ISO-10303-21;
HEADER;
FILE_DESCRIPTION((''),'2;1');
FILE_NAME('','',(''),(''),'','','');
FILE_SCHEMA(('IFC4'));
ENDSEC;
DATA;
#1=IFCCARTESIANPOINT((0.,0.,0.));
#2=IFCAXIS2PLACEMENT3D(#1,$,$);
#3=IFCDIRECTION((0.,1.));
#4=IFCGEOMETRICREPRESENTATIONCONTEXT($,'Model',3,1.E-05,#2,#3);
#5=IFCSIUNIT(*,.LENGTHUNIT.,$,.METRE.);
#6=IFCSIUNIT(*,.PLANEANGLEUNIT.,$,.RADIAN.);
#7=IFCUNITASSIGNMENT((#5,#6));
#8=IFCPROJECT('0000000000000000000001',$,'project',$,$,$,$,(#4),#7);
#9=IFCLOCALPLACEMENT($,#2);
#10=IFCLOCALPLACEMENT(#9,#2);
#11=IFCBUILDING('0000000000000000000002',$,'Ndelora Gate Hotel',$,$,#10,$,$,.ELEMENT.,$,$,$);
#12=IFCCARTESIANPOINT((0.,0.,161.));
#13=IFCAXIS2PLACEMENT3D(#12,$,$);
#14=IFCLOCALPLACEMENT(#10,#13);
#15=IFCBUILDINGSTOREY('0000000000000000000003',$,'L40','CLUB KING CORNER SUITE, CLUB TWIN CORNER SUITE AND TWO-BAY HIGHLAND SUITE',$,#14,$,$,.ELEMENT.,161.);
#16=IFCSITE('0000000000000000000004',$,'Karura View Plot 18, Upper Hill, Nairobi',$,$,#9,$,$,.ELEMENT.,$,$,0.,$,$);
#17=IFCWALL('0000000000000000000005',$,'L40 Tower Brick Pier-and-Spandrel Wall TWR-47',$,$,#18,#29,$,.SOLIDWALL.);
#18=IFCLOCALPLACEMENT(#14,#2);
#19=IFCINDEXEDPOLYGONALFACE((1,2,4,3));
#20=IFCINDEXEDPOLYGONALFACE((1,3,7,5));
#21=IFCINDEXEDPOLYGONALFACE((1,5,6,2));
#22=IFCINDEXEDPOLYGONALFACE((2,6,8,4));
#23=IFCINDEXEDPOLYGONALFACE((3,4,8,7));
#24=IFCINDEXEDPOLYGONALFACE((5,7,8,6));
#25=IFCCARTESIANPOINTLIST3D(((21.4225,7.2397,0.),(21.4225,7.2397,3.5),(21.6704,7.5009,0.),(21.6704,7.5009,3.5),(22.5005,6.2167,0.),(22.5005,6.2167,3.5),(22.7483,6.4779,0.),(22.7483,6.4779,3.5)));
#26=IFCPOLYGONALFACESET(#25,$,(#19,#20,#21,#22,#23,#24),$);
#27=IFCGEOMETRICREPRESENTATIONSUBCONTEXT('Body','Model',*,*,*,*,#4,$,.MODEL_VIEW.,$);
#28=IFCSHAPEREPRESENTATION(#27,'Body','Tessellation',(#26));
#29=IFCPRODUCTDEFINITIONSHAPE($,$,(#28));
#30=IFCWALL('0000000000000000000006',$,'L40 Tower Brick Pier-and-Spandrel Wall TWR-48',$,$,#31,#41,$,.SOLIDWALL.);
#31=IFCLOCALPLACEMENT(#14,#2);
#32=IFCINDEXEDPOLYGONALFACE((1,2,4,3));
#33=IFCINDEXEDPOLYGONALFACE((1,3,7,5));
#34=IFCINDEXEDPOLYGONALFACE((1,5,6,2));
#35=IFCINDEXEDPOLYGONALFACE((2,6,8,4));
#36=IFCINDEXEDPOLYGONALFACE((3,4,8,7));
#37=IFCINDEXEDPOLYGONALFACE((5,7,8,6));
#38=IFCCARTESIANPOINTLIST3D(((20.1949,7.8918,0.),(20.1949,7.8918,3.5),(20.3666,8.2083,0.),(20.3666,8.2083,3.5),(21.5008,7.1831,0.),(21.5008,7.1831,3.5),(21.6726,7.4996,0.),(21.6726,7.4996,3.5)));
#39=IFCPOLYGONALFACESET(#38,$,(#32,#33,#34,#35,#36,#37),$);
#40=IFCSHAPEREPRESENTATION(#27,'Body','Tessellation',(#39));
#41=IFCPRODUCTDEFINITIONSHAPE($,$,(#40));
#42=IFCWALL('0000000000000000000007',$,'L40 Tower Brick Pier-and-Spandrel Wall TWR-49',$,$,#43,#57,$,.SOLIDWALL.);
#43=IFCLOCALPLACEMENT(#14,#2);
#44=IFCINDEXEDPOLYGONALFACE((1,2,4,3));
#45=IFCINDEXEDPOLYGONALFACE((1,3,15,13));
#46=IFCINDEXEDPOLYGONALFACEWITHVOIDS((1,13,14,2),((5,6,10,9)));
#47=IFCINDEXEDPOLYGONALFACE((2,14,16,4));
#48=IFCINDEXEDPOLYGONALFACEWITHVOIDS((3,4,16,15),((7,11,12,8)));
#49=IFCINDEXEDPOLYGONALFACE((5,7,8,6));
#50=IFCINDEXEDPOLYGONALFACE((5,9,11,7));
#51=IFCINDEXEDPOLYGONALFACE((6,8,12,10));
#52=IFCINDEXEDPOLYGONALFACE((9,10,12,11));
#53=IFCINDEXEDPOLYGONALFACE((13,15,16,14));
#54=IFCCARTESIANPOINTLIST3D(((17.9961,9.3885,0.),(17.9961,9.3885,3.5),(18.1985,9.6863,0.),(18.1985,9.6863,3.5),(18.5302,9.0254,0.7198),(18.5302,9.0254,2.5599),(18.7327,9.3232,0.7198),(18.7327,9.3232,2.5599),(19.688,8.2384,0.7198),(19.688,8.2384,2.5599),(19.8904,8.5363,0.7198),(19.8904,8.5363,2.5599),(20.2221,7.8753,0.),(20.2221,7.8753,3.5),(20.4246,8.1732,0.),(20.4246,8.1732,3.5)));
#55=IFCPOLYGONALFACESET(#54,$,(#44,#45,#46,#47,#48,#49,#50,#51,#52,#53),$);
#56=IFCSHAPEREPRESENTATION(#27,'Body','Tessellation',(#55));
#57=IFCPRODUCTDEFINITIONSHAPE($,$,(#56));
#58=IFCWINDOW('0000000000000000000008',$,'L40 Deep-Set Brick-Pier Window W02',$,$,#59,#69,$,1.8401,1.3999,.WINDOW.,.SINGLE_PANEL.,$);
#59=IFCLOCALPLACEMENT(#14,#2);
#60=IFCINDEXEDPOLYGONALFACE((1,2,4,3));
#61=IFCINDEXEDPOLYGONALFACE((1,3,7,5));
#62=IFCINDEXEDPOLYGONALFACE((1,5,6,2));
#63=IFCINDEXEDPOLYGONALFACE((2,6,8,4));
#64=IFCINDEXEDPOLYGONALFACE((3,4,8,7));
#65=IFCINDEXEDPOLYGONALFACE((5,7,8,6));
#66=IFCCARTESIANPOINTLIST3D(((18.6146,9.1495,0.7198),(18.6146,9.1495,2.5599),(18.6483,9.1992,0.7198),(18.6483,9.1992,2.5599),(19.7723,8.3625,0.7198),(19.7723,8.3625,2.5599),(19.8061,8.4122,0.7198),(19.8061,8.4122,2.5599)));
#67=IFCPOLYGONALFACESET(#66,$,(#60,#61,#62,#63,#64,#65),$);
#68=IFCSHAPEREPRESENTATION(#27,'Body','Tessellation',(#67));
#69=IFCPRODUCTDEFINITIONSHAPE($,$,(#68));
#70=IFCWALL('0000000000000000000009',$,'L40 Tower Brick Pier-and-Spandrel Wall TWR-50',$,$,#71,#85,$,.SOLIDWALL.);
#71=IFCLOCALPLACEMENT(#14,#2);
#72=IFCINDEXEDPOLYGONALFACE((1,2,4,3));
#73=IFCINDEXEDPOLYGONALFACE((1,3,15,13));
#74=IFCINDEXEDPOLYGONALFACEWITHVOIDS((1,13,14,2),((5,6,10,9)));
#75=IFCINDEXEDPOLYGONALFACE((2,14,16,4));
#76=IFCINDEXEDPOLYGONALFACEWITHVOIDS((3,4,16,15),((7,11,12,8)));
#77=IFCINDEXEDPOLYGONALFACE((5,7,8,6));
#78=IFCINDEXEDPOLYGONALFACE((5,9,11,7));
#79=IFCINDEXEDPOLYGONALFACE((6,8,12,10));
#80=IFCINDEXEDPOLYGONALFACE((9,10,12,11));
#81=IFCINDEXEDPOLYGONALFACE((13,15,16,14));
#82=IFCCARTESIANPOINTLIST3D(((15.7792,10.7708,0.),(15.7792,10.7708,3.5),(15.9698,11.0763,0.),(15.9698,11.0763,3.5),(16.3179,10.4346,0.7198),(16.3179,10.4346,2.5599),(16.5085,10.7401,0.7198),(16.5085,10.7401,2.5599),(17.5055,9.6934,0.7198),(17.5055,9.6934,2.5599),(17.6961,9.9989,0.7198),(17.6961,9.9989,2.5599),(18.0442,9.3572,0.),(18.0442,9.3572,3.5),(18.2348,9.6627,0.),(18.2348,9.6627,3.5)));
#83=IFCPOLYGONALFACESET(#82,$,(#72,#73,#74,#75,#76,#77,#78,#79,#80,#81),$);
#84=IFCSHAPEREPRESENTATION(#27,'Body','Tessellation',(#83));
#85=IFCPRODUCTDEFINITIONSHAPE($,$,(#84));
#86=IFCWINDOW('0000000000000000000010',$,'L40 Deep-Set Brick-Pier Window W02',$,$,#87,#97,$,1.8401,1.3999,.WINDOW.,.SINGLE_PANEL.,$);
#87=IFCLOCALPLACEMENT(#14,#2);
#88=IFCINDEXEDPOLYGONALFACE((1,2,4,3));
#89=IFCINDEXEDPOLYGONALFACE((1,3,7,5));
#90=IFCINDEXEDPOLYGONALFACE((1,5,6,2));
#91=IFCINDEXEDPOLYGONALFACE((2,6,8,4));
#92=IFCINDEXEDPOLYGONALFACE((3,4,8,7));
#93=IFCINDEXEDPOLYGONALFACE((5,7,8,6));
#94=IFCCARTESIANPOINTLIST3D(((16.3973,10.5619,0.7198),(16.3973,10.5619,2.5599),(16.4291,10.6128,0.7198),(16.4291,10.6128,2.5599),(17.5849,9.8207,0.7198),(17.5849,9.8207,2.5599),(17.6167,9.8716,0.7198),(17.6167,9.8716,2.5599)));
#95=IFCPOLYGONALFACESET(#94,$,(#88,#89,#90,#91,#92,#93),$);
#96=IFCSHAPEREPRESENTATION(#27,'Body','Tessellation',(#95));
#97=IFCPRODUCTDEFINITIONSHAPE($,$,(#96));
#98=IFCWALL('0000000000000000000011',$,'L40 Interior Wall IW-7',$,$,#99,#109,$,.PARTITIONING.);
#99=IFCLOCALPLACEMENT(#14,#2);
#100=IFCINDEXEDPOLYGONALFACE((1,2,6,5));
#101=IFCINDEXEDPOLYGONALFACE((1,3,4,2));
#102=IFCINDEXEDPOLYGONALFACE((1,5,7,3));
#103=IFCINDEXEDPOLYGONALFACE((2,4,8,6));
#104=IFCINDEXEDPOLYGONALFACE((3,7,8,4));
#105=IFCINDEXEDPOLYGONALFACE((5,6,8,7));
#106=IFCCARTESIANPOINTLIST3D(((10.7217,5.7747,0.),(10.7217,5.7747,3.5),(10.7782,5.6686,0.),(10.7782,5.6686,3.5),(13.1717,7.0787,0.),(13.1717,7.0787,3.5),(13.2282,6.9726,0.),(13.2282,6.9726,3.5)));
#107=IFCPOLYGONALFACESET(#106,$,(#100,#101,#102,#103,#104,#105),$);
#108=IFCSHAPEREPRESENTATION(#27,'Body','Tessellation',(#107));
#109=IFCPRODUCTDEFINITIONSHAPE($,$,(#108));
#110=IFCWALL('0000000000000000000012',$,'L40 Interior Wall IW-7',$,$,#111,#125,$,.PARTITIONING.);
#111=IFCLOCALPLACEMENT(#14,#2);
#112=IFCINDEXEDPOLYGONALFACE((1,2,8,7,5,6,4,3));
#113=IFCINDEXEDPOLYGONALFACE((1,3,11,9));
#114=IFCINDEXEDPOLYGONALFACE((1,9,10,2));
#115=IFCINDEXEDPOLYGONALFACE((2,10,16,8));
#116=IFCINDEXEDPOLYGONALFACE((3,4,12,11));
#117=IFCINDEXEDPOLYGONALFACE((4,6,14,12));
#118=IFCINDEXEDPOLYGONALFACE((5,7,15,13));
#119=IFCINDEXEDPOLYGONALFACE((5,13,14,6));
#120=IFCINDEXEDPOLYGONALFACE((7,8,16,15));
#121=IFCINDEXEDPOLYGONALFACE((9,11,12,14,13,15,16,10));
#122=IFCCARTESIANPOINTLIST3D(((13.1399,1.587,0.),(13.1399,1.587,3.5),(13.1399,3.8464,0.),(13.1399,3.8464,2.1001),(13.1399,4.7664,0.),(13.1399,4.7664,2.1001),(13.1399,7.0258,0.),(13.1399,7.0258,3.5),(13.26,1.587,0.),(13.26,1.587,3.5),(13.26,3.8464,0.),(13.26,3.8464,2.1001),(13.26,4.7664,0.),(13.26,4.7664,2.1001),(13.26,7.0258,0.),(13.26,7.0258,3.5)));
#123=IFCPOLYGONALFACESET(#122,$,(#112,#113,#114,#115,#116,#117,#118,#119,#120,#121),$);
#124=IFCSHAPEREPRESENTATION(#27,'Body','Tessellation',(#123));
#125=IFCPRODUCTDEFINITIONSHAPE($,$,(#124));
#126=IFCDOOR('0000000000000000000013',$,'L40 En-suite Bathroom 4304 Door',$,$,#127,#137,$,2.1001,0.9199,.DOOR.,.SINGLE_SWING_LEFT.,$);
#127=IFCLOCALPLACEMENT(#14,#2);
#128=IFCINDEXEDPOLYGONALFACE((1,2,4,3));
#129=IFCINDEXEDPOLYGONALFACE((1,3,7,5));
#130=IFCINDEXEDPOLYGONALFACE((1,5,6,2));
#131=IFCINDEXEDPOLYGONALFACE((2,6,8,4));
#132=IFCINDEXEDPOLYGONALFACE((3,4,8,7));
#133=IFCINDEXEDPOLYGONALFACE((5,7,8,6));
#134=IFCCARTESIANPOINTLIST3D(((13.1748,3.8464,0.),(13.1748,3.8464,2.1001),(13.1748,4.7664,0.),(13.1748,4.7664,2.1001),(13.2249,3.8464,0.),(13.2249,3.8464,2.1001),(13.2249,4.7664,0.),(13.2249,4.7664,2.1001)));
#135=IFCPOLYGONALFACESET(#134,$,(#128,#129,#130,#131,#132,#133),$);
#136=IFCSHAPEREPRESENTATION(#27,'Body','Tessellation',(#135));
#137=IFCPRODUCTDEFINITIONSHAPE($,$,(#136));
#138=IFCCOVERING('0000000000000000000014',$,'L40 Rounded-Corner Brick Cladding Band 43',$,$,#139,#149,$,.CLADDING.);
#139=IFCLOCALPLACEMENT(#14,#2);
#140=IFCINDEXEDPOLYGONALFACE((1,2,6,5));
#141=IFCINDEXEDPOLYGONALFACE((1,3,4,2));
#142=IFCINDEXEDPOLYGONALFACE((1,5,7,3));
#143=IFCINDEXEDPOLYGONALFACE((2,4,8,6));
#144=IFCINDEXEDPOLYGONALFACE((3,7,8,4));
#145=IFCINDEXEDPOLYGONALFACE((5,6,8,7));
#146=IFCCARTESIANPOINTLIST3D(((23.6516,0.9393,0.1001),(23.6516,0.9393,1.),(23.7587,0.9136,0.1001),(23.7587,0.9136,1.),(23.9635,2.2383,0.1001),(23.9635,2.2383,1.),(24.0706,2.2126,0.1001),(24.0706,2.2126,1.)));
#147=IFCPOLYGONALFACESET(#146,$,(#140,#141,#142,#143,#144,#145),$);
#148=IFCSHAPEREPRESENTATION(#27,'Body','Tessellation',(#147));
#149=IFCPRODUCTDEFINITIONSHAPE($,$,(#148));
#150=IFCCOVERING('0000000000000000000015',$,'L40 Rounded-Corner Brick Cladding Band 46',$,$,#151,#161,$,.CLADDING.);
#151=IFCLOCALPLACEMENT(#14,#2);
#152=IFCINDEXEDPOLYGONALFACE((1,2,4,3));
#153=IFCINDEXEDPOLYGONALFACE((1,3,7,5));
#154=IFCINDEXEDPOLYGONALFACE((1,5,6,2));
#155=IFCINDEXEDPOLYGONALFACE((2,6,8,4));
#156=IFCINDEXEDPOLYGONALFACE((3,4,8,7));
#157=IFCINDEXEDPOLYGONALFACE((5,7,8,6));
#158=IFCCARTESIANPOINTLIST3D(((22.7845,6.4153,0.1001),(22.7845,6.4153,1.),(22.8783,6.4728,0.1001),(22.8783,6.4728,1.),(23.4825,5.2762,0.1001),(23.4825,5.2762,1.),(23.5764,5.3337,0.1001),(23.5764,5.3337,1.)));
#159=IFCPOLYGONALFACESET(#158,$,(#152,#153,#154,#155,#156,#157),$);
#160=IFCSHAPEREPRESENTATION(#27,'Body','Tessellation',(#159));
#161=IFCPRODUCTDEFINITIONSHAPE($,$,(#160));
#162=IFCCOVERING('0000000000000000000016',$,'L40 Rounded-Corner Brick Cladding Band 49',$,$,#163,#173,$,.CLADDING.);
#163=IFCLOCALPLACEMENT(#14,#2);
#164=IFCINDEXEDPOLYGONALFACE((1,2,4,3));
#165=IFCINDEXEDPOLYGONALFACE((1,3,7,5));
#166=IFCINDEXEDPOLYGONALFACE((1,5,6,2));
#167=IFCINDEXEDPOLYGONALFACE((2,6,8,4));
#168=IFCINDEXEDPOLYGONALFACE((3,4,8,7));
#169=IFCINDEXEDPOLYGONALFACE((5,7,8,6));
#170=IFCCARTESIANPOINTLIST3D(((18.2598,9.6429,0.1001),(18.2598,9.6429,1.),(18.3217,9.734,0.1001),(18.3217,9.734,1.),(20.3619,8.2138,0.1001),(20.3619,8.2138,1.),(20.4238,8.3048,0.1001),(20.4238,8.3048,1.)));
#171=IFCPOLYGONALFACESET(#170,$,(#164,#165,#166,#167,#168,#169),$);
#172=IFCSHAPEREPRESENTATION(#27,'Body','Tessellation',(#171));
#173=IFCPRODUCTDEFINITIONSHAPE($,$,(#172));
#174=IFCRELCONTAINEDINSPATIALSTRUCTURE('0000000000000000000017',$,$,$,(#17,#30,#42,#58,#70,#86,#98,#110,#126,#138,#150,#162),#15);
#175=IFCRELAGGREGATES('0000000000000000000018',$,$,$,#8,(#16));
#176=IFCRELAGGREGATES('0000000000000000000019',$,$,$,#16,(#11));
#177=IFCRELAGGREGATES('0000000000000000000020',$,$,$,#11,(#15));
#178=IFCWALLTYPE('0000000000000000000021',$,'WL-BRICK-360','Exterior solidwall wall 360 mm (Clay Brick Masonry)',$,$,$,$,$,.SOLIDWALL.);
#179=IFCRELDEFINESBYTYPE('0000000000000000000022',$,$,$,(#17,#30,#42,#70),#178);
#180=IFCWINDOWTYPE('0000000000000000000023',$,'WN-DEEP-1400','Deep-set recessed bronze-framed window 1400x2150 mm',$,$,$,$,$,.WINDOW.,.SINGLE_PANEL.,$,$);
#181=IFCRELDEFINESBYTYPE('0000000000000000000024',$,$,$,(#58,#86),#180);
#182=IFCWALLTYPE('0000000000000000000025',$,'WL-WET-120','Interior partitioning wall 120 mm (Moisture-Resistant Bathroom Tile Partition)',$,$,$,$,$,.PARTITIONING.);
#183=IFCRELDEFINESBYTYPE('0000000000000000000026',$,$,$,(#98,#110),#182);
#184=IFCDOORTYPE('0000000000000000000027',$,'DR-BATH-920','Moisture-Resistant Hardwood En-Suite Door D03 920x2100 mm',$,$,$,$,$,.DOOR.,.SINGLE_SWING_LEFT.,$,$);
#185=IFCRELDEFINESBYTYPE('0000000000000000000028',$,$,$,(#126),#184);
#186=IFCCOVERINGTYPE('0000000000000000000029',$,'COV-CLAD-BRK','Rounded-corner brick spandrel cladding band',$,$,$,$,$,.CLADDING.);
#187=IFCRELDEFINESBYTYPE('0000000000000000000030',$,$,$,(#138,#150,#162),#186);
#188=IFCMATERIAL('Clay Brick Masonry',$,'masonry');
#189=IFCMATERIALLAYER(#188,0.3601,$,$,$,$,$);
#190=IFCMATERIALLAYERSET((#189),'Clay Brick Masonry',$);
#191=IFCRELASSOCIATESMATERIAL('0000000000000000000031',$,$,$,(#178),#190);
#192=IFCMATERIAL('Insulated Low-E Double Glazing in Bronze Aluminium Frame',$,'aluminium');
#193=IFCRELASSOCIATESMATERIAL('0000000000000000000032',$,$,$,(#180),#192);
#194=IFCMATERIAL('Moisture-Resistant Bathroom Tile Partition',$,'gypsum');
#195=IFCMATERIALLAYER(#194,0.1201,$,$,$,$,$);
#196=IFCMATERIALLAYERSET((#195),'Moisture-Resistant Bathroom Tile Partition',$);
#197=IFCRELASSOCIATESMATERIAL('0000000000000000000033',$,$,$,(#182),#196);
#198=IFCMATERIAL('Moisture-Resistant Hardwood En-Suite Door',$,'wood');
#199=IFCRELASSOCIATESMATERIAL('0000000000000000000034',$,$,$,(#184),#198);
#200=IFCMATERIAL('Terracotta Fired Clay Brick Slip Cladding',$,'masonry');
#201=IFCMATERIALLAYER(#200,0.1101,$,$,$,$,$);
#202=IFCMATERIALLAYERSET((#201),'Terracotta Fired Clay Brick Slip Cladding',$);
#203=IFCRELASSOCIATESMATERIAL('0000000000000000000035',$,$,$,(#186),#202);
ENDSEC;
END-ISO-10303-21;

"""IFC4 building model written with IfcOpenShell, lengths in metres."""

from ifc_helpers import new_model, si_unit, direction, frame, frame_2d, origin, origin_2d, place, context, subcontext, project, spatial, rectangle, extrude, material, layer, layer_set, type_object, element, fill, save


model = new_model("IFC4")

# Units and contexts
model_context = context("Model", 3, precision=1e-05, world=origin(), true_north=direction((0.0, 1.0)))
body_context = subcontext(model_context, "Body", "Model", "MODEL_VIEW")
ifc_project = project(units=[si_unit("LENGTHUNIT", "METRE"), si_unit("PLANEANGLEUNIT", "RADIAN")], contexts=[model_context])

# Site, building, storey
site_placement = place(None, origin())
site = spatial("IfcSite", under=ifc_project, at=site_placement, Name="Karura View Plot 18, Upper Hill, Nairobi", CompositionType="ELEMENT", RefElevation=0.0)
building_placement = place(site_placement, origin())
building = spatial("IfcBuilding", under=site, at=building_placement, Name="Ndelora Gate Hotel", CompositionType="ELEMENT")
storey_placement = place(building_placement, frame((0.0, 0.0, 161.0)))
storey = spatial("IfcBuildingStorey", under=building, at=storey_placement, Name="L40", Description="CLUB KING CORNER SUITE, CLUB TWIN CORNER SUITE AND TWO-BAY HIGHLAND SUITE", CompositionType="ELEMENT", Elevation=161.0)

# Walls
ifc_material_1 = material(Name="Clay Brick Masonry", Category="masonry")
ifc_layer_1 = layer(ifc_material_1, 0.3601)
ifc_layer_set_1 = layer_set([ifc_layer_1], Name="Clay Brick Masonry")
wall_type_1 = type_object("IfcWallType", Name="WL-BRICK-360", Description="Exterior solidwall wall 360 mm (Clay Brick Masonry)", PredefinedType="SOLIDWALL", material=ifc_layer_set_1)
wall_1_placement = place(storey_placement, frame((21.5464, 7.3704, 0.0), z_axis=(0.0, 0.0, 1.0), x_axis=(0.725348, -0.688382, 0.0)))
element("IfcWall", 1, at=wall_1_placement, inside=storey, type_object=wall_type_1, Name="L40 Tower Brick Pier-and-Spandrel Wall TWR-47", PredefinedType="SOLIDWALL", context=body_context, shape_type="SweptSolid", body=[
    extrude(rectangle(XDim=1.4861, YDim=0.3601, at=frame_2d((0.7432, 0.0))), origin(), (0.0, 0.0, 1.0), 3.5),
])
wall_2_placement = place(storey_placement, frame((20.2808, 8.05, 0.0), z_axis=(0.0, 0.0, 1.0), x_axis=(0.878905, -0.476998, 0.0)))
element("IfcWall", 2, at=wall_2_placement, inside=storey, type_object=wall_type_1, Name="L40 Tower Brick Pier-and-Spandrel Wall TWR-48", PredefinedType="SOLIDWALL", context=body_context, shape_type="SweptSolid", body=[
    extrude(rectangle(XDim=1.4858, YDim=0.3601, at=frame_2d((0.7429, 0.0))), origin(), (0.0, 0.0, 1.0), 3.5),
])

# Walls, openings, windows
wall_3_placement = place(storey_placement, frame((18.0974, 9.5374, 0.0), z_axis=(0.0, 0.0, 1.0), x_axis=(0.827021, -0.562171, 0.0)))
wall_3 = element("IfcWall", 3, at=wall_3_placement, inside=storey, type_object=wall_type_1, Name="L40 Tower Brick Pier-and-Spandrel Wall TWR-49", PredefinedType="SOLIDWALL", context=body_context, shape_type="SweptSolid", body=[
    extrude(rectangle(XDim=2.6917, YDim=0.3601, at=frame_2d((1.3457, 0.0))), origin(), (0.0, 0.0, 1.0), 3.5),
])
opening_1_placement = place(wall_3_placement, frame((0.6458, 0.0, 0.72)))
opening_1 = element("IfcOpeningElement", 4, at=opening_1_placement, cuts=wall_3, PredefinedType="OPENING", context=body_context, shape_type="SweptSolid", body=[
    extrude(rectangle(XDim=1.3999, YDim=1.8401, at=frame_2d((0.7, 0.9199))), frame((0.0, 0.1899, 0.0), z_axis=(0.0, -1.0, 0.0), x_axis=(1.0, 0.0, 0.0)), (0.0, 0.0, 1.0), 0.3801),
])
ifc_material_2 = material(Name="Insulated Low-E Double Glazing in Bronze Aluminium Frame", Category="aluminium")
window_type = type_object("IfcWindowType", Name="WN-DEEP-1400", Description="Deep-set recessed bronze-framed window 1400x2150 mm", PartitioningType="SINGLE_PANEL", PredefinedType="WINDOW", material=ifc_material_2)
window_1_placement = place(opening_1_placement, origin())
window_1 = element("IfcWindow", 5, at=window_1_placement, inside=storey, type_object=window_type, Name="L40 Deep-Set Brick-Pier Window W02", OverallHeight=1.8401, OverallWidth=1.3999, PartitioningType="SINGLE_PANEL", PredefinedType="WINDOW", context=body_context, shape_type="SweptSolid", body=[
    extrude(rectangle(XDim=1.3999, YDim=1.8401, at=frame_2d((0.7, 0.9199))), frame((0.0, 0.03, 0.0), z_axis=(0.0, -1.0, 0.0), x_axis=(1.0, 0.0, 0.0)), (0.0, 0.0, 1.0), 0.0601),
])
fill(opening_1, window_1)
wall_4_placement = place(storey_placement, frame((15.8745, 10.9236, 0.0), z_axis=(0.0, 0.0, 1.0), x_axis=(0.848332, -0.529465, 0.0)))
wall_4 = element("IfcWall", 6, at=wall_4_placement, inside=storey, type_object=wall_type_1, Name="L40 Tower Brick Pier-and-Spandrel Wall TWR-50", PredefinedType="SOLIDWALL", context=body_context, shape_type="SweptSolid", body=[
    extrude(rectangle(XDim=2.6699, YDim=0.3601, at=frame_2d((1.335, 0.0))), origin(), (0.0, 0.0, 1.0), 3.5),
])
opening_2_placement = place(wall_4_placement, frame((0.635, 0.0, 0.72)))
opening_2 = element("IfcOpeningElement", 7, at=opening_2_placement, cuts=wall_4, PredefinedType="OPENING", context=body_context, shape_type="SweptSolid", body=[
    extrude(rectangle(XDim=1.3999, YDim=1.8401, at=frame_2d((0.7, 0.9199))), frame((0.0, 0.1899, 0.0), z_axis=(0.0, -1.0, 0.0), x_axis=(1.0, 0.0, 0.0)), (0.0, 0.0, 1.0), 0.3801),
])
window_2_placement = place(opening_2_placement, origin())
window_2 = element("IfcWindow", 8, at=window_2_placement, inside=storey, type_object=window_type, Name="L40 Deep-Set Brick-Pier Window W02", OverallHeight=1.8401, OverallWidth=1.3999, PartitioningType="SINGLE_PANEL", PredefinedType="WINDOW", context=body_context, shape_type="SweptSolid", body=[
    extrude(rectangle(XDim=1.3999, YDim=1.8401, at=frame_2d((0.7, 0.9199))), frame((0.0, 0.03, 0.0), z_axis=(0.0, -1.0, 0.0), x_axis=(1.0, 0.0, 0.0)), (0.0, 0.0, 1.0), 0.0601),
])
fill(opening_2, window_2)

# Wall
ifc_material_3 = material(Name="Moisture-Resistant Bathroom Tile Partition", Category="gypsum")
ifc_layer_2 = layer(ifc_material_3, 0.1201)
ifc_layer_set_2 = layer_set([ifc_layer_2], Name="Moisture-Resistant Bathroom Tile Partition")
wall_type_2 = type_object("IfcWallType", Name="WL-WET-120", Description="Interior partitioning wall 120 mm (Moisture-Resistant Bathroom Tile Partition)", PredefinedType="PARTITIONING", material=ifc_layer_set_2)
wall_5_placement = place(storey_placement, frame((13.2, 7.0256, 0.0), z_axis=(0.0, 0.0, 1.0), x_axis=(-0.882754, -0.469835, 0.0)))
element("IfcWall", 9, at=wall_5_placement, inside=storey, type_object=wall_type_2, Name="L40 Interior Wall IW-7", PredefinedType="PARTITIONING", context=body_context, shape_type="SweptSolid", body=[
    extrude(rectangle(XDim=2.7754, YDim=0.1201, at=frame_2d((1.3877, 0.0))), origin(), (0.0, 0.0, 1.0), 3.5),
])

# Wall, opening, door
wall_6_placement = place(storey_placement, frame((13.2, 7.0256, 0.0), z_axis=(0.0, 0.0, 1.0), x_axis=(0.0, -1.0, 0.0)))
wall_6 = element("IfcWall", 10, at=wall_6_placement, inside=storey, type_object=wall_type_2, Name="L40 Interior Wall IW-7", PredefinedType="PARTITIONING", context=body_context, shape_type="SweptSolid", body=[
    extrude(rectangle(XDim=5.4387, YDim=0.1201, at=frame_2d((2.7192, 0.0))), origin(), (0.0, 0.0, 1.0), 3.5),
])
opening_3_placement = place(wall_6_placement, frame((2.2593, 0.0, 0.0)))
opening_3 = element("IfcOpeningElement", 11, at=opening_3_placement, cuts=wall_6, PredefinedType="OPENING", context=body_context, shape_type="SweptSolid", body=[
    extrude(rectangle(XDim=0.9199, YDim=2.1001, at=frame_2d((0.46, 1.05))), frame((0.0, 0.0701, 0.0), z_axis=(0.0, -1.0, 0.0), x_axis=(1.0, 0.0, 0.0)), (0.0, 0.0, 1.0), 0.1401),
])
ifc_material_4 = material(Name="Moisture-Resistant Hardwood En-Suite Door", Category="wood")
door_type = type_object("IfcDoorType", Name="DR-BATH-920", Description="Moisture-Resistant Hardwood En-Suite Door D03 920x2100 mm", OperationType="SINGLE_SWING_LEFT", PredefinedType="DOOR", material=ifc_material_4)
door_placement = place(opening_3_placement, origin())
door = element("IfcDoor", 12, at=door_placement, inside=storey, type_object=door_type, Name="L40 En-suite Bathroom 4304 Door", OperationType="SINGLE_SWING_LEFT", OverallHeight=2.1001, OverallWidth=0.9199, PredefinedType="DOOR", context=body_context, shape_type="SweptSolid", body=[
    extrude(rectangle(XDim=0.9199, YDim=2.1001, at=frame_2d((0.46, 1.05))), frame((0.0, 0.0249, 0.0), z_axis=(0.0, -1.0, 0.0), x_axis=(1.0, 0.0, 0.0)), (0.0, 0.0, 1.0), 0.05),
])
fill(opening_3, door)

# Coverings
ifc_material_5 = material(Name="Terracotta Fired Clay Brick Slip Cladding", Category="masonry")
ifc_layer_3 = layer(ifc_material_5, 0.1101)
ifc_layer_set_3 = layer_set([ifc_layer_3], Name="Terracotta Fired Clay Brick Slip Cladding")
covering_type_1 = type_object("IfcCoveringType", Name="COV-CLAD-BRK", Description="Rounded-corner brick spandrel cladding band", PredefinedType="CLADDING", material=ifc_layer_set_3)
for number, where, z_axis, x_axis, name in (
    (13, (23.8611, 1.5759, 0.1001), (0.0, 0.0, 1.0), (0.233445, 0.97237, 0.0), "L40 Rounded-Corner Brick Cladding Band 43"),
    (14, (23.1804, 5.8745, 0.1001), (0.0, 0.0, 1.0), (-0.522499, 0.85264, 0.0), "L40 Rounded-Corner Brick Cladding Band 46"),
):
    element("IfcCovering", number, at=place(storey_placement, frame(where, z_axis=z_axis, x_axis=x_axis)), inside=storey, type_object=covering_type_1, Name=name, PredefinedType="CLADDING", context=body_context, shape_type="SweptSolid", body=[
        extrude(rectangle(XDim=1.3359, YDim=0.1101, at=origin_2d()), origin(), (0.0, 0.0, 1.0), 0.8999),
    ])
covering_1_placement = place(storey_placement, frame((19.3418, 8.9739, 0.1001), z_axis=(0.0, 0.0, 1.0), x_axis=(-0.826982, 0.562228, 0.0)))
element("IfcCovering", 15, at=covering_1_placement, inside=storey, type_object=covering_type_1, Name="L40 Rounded-Corner Brick Cladding Band 49", PredefinedType="CLADDING", context=body_context, shape_type="SweptSolid", body=[
    extrude(rectangle(XDim=2.542, YDim=0.1101, at=origin_2d()), origin(), (0.0, 0.0, 1.0), 0.8999),
])

save(model, "model.ifc")
